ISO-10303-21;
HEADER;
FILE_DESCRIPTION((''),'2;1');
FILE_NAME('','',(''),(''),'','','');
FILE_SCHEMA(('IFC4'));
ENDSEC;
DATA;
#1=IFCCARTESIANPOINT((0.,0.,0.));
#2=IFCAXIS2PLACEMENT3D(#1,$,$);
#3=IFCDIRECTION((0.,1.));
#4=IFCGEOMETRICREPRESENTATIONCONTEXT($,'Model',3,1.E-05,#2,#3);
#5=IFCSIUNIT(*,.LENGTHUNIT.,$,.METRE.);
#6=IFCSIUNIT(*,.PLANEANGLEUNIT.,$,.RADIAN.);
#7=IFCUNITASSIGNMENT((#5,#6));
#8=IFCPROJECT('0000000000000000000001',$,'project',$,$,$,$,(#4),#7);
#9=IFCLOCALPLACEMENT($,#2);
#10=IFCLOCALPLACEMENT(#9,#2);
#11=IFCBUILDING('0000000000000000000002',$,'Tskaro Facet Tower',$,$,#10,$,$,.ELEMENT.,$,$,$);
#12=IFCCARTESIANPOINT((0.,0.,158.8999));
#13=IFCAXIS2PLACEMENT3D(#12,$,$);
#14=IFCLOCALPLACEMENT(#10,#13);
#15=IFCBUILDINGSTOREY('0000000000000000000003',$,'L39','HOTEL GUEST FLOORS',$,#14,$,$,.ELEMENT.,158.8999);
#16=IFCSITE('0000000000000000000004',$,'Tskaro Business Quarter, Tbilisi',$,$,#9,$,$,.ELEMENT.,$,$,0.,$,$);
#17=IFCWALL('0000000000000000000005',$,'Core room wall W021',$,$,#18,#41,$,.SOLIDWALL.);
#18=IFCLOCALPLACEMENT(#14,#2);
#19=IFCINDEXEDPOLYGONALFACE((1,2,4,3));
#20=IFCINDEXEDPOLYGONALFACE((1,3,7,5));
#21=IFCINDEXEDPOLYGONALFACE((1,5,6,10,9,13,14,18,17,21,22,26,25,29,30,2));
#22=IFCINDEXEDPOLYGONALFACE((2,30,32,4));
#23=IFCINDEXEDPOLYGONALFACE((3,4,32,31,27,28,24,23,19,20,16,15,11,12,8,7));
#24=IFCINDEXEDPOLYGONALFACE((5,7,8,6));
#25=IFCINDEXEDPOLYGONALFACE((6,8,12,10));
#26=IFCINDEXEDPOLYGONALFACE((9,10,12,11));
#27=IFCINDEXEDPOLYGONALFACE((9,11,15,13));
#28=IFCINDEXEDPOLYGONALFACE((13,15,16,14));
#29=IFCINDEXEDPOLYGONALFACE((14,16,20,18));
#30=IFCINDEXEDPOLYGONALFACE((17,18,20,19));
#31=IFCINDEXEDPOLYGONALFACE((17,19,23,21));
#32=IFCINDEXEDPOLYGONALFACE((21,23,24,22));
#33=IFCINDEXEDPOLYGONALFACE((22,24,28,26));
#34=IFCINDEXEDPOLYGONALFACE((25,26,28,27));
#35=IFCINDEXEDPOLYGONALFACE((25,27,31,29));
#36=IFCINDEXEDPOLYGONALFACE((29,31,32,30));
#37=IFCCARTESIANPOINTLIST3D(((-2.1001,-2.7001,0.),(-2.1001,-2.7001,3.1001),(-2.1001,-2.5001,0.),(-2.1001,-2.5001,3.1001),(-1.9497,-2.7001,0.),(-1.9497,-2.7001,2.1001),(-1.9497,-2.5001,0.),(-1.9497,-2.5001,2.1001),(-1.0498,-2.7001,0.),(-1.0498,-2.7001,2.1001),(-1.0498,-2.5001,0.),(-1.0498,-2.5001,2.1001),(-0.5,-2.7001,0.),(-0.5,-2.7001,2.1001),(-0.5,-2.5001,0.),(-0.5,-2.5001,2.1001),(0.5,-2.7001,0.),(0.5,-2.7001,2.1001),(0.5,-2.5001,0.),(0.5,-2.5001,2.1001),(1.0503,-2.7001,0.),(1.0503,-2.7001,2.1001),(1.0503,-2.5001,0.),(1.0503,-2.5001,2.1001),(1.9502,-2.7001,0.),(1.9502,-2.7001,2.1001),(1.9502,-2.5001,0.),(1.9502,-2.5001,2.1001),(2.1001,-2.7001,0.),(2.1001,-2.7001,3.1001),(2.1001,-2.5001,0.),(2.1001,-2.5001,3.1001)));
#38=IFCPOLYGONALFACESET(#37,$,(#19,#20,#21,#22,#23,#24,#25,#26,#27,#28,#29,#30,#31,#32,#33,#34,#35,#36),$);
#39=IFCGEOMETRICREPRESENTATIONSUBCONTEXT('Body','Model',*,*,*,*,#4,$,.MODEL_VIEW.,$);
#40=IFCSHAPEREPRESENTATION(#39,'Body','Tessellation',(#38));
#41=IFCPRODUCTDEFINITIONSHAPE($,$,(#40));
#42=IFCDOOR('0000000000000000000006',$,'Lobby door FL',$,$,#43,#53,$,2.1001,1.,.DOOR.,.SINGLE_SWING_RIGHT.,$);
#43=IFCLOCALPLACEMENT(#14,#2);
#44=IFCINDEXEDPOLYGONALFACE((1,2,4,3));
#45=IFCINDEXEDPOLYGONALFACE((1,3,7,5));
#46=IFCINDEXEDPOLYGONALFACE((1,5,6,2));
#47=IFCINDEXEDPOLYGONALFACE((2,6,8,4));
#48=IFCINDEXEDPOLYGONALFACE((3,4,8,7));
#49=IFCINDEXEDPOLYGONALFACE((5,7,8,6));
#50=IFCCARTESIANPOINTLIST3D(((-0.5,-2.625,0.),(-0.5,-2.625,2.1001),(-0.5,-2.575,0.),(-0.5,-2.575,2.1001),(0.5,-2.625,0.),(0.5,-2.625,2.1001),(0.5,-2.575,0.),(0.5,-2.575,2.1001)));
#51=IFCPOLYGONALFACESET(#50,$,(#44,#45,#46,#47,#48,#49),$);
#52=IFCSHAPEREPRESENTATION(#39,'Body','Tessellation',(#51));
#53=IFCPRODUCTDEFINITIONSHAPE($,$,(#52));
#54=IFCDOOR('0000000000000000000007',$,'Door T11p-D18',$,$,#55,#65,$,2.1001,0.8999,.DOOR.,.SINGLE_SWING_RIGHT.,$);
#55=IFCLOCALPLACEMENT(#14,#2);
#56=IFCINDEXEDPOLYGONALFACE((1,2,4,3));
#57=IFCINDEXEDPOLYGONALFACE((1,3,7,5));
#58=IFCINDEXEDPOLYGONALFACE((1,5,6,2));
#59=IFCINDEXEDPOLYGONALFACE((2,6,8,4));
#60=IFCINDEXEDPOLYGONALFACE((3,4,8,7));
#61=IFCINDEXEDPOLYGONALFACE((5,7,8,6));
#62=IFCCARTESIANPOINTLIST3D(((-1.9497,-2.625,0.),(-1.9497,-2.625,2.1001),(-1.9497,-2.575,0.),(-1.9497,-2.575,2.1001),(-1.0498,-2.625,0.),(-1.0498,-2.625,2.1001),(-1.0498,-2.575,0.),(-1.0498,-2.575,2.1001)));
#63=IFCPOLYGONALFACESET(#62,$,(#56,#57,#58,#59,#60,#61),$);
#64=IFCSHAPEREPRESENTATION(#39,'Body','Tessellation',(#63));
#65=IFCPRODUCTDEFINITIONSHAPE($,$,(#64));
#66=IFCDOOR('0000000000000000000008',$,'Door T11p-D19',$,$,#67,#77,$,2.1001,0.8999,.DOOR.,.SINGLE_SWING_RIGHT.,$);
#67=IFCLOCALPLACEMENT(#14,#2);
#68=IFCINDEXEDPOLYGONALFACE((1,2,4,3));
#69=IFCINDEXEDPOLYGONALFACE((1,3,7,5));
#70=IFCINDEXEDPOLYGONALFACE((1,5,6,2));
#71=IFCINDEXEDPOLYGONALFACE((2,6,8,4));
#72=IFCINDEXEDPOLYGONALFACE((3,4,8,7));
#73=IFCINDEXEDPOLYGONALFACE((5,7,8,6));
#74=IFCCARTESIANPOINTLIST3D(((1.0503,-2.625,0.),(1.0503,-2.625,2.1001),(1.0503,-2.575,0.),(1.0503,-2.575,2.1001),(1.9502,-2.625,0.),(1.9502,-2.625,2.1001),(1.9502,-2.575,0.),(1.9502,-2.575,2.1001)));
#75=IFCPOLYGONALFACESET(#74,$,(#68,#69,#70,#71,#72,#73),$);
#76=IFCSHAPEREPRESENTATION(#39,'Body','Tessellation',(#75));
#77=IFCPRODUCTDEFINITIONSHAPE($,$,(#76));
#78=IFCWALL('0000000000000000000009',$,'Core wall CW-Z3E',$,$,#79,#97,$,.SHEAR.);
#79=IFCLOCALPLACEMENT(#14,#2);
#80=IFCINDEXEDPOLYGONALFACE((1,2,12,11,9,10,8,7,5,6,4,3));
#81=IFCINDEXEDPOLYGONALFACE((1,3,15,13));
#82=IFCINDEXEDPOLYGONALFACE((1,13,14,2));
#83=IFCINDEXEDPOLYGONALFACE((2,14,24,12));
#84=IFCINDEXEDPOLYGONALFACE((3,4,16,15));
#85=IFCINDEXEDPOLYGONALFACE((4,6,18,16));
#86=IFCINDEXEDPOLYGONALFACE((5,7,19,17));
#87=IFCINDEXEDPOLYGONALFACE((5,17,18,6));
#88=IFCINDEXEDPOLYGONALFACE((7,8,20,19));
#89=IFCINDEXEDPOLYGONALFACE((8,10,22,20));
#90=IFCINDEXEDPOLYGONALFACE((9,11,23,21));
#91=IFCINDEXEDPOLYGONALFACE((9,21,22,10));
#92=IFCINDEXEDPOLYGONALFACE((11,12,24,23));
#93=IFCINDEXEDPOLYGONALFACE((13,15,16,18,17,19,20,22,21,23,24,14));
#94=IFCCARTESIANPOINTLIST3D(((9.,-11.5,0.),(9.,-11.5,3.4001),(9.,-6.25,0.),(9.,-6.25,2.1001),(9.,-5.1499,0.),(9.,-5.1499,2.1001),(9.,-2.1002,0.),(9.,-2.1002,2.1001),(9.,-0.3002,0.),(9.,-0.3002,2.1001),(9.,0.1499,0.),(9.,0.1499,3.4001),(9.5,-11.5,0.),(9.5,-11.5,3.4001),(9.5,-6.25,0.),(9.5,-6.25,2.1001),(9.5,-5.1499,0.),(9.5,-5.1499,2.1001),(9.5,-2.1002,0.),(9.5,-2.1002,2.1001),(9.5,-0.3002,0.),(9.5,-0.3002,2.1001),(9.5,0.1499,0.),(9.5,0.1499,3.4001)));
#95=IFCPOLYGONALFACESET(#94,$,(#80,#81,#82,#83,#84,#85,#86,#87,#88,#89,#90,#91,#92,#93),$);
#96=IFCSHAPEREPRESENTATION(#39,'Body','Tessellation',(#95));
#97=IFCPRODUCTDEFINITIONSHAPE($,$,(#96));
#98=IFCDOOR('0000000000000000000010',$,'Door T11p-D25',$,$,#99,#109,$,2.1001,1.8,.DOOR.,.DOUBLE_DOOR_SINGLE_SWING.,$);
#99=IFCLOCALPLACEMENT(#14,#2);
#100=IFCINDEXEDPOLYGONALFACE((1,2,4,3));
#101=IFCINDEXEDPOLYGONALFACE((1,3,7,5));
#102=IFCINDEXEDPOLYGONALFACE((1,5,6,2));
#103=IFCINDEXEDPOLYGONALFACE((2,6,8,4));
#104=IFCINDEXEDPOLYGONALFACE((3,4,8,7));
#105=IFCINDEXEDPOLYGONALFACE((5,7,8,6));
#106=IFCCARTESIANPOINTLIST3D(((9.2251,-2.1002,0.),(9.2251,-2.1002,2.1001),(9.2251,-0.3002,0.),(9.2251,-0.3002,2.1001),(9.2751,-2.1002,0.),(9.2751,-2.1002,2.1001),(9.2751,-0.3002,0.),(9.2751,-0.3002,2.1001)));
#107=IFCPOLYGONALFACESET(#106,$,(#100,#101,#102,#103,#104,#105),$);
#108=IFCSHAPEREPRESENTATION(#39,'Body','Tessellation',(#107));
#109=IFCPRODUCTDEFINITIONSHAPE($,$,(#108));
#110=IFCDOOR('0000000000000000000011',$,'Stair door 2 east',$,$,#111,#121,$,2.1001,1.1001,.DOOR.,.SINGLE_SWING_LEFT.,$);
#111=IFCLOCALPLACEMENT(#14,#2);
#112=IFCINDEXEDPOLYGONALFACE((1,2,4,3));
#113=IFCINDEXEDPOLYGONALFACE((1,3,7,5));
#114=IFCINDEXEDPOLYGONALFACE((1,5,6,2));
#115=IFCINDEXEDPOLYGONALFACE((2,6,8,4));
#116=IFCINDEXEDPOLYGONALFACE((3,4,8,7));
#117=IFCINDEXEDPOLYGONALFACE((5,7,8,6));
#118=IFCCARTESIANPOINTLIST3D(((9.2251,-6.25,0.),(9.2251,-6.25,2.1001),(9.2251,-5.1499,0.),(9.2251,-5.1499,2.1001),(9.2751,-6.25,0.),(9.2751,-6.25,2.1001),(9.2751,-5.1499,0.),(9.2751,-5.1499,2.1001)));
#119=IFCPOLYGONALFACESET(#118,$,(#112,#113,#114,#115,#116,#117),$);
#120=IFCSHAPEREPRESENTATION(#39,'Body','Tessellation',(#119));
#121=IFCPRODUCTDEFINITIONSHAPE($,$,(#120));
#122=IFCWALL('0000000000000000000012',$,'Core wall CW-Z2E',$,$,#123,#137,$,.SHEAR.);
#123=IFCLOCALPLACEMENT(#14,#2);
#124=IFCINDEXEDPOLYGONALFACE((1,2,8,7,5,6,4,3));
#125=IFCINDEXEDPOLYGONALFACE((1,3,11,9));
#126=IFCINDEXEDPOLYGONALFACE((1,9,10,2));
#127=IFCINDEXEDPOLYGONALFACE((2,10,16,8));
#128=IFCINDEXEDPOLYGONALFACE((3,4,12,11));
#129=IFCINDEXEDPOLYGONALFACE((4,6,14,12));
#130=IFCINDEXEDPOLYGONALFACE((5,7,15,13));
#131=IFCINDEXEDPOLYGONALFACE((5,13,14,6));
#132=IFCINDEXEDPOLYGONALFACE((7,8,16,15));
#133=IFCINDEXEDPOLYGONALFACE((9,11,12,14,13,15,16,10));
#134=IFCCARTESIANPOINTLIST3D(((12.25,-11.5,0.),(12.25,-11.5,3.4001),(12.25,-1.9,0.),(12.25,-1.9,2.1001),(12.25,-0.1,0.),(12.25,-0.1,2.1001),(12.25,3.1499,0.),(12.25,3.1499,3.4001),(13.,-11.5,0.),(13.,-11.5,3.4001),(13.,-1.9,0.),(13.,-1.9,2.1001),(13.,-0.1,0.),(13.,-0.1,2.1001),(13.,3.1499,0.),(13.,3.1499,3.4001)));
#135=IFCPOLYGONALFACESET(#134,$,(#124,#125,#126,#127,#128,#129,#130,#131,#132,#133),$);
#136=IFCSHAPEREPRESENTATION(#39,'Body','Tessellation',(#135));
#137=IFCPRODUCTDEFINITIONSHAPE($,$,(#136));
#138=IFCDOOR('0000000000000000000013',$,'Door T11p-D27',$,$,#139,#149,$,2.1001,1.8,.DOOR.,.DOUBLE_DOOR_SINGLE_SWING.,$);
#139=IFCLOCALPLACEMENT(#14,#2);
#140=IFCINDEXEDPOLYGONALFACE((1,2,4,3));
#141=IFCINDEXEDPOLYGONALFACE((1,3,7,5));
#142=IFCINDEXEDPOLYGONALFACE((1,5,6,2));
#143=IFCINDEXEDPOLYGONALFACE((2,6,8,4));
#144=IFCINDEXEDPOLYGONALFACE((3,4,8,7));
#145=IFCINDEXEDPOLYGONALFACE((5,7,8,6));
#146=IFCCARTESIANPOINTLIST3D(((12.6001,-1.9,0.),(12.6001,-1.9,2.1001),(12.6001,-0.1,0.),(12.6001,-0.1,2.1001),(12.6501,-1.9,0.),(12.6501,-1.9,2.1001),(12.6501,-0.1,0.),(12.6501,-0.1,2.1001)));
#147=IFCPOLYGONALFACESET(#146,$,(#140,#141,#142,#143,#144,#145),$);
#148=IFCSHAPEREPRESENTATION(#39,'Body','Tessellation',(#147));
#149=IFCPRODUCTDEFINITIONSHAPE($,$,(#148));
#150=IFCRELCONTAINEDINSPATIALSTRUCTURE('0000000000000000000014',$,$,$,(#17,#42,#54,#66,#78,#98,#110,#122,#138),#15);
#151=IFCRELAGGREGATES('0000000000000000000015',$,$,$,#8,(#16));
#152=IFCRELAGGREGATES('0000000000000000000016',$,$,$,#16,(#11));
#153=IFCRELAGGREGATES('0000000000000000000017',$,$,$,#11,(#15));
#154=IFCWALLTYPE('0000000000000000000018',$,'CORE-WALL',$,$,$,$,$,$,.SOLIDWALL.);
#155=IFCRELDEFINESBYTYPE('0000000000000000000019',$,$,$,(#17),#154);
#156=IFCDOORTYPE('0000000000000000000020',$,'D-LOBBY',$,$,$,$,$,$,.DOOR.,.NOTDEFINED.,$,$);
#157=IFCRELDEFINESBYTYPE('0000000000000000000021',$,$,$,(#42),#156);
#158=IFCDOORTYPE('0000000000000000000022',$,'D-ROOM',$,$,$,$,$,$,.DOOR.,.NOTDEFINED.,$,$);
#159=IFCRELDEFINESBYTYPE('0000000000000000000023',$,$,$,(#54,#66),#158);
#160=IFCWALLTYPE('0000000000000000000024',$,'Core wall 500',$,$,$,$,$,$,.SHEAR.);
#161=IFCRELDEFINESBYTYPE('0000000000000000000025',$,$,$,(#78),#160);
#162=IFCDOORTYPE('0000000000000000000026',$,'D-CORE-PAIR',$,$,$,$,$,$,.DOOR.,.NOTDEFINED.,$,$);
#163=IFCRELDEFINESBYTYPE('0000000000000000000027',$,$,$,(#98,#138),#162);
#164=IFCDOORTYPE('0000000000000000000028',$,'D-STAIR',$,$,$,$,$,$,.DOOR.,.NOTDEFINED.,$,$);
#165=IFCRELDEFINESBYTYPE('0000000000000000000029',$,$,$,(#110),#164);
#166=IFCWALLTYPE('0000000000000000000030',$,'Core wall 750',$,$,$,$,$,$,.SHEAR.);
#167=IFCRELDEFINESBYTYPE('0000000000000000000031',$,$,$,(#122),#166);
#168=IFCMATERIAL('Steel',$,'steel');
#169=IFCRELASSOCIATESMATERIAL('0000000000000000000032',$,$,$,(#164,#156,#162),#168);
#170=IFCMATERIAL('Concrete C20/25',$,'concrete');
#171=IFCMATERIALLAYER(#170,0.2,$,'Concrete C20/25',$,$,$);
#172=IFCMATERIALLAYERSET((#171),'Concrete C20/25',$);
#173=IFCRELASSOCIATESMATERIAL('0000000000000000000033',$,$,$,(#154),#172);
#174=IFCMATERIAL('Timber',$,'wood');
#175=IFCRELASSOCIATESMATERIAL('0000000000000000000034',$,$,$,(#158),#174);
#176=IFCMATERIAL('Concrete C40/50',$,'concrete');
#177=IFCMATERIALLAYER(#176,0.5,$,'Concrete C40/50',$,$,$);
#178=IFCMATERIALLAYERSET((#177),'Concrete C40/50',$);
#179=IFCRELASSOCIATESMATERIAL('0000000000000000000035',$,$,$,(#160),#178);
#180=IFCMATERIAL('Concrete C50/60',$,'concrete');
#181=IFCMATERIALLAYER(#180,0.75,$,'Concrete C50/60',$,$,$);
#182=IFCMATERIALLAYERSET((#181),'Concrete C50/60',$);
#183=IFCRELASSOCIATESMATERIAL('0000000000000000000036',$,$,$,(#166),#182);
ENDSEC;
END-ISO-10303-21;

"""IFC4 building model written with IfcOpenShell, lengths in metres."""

from ifc_helpers import new_model, si_unit, direction, frame, frame_2d, origin, place, context, subcontext, project, spatial, rectangle, extrude, material, layer, layer_set, type_object, element, fill, save


model = new_model("IFC4")

# Units and contexts
model_context = context("Model", 3, precision=1e-05, world=origin(), true_north=direction((0.0, 1.0)))
body_context = subcontext(model_context, "Body", "Model", "MODEL_VIEW")
ifc_project = project(units=[si_unit("LENGTHUNIT", "METRE"), si_unit("PLANEANGLEUNIT", "RADIAN")], contexts=[model_context])

# Site, building, storey
site_placement = place(None, origin())
site = spatial("IfcSite", under=ifc_project, at=site_placement, Name="Tskaro Business Quarter, Tbilisi", CompositionType="ELEMENT", RefElevation=0.0)
building_placement = place(site_placement, origin())
building = spatial("IfcBuilding", under=site, at=building_placement, Name="Tskaro Facet Tower", CompositionType="ELEMENT")
storey_placement = place(building_placement, frame((0.0, 0.0, 158.8999)))
storey = spatial("IfcBuildingStorey", under=building, at=storey_placement, Name="L39", Description="HOTEL GUEST FLOORS", CompositionType="ELEMENT", Elevation=158.8999)

# Shared definitions
ifc_material_1 = material(Name="Steel", Category="steel")
door_type_1 = type_object("IfcDoorType", Name="D-STAIR", OperationType="NOTDEFINED", PredefinedType="DOOR", material=ifc_material_1)

# Walls, openings, doors
ifc_material_2 = material(Name="Concrete C20/25", Category="concrete")
ifc_layer_1 = layer(ifc_material_2, 0.2, Name="Concrete C20/25")
ifc_layer_set_1 = layer_set([ifc_layer_1], Name="Concrete C20/25")
wall_type_1 = type_object("IfcWallType", Name="CORE-WALL", PredefinedType="SOLIDWALL", material=ifc_layer_set_1)
wall_1_placement = place(storey_placement, frame((2.1001, -2.6001, 0.0), z_axis=(0.0, 0.0, 1.0), x_axis=(-1.0, 0.0, 0.0)))
wall_1 = element("IfcWall", 1, at=wall_1_placement, inside=storey, type_object=wall_type_1, Name="Core room wall W021", PredefinedType="SOLIDWALL", context=body_context, shape_type="SweptSolid", body=[
    extrude(rectangle(XDim=4.2002, YDim=0.2, at=frame_2d((2.1001, 0.0))), origin(), (0.0, 0.0, 1.0), 3.1001),
])
opening_1_placement = place(wall_1_placement, frame((1.6001, 0.0, 0.0)))
opening_1 = element("IfcOpeningElement", 2, at=opening_1_placement, cuts=wall_1, PredefinedType="OPENING", context=body_context, shape_type="SweptSolid", body=[
    extrude(rectangle(XDim=1.0, YDim=2.1001, at=frame_2d((0.5, 1.05))), frame((0.0, 0.1099, 0.0), z_axis=(0.0, -1.0, 0.0), x_axis=(1.0, 0.0, 0.0)), (0.0, 0.0, 1.0), 0.22),
])
opening_2_placement = place(wall_1_placement, frame((3.1499, 0.0, 0.0)))
opening_2 = element("IfcOpeningElement", 3, at=opening_2_placement, cuts=wall_1, PredefinedType="OPENING", context=body_context, shape_type="SweptSolid", body=[
    extrude(rectangle(XDim=0.8999, YDim=2.1001, at=frame_2d((0.45, 1.05))), frame((0.0, 0.1099, 0.0), z_axis=(0.0, -1.0, 0.0), x_axis=(1.0, 0.0, 0.0)), (0.0, 0.0, 1.0), 0.22),
])
opening_3_placement = place(wall_1_placement, frame((0.1499, 0.0, 0.0)))
opening_3 = element("IfcOpeningElement", 4, at=opening_3_placement, cuts=wall_1, PredefinedType="OPENING", context=body_context, shape_type="SweptSolid", body=[
    extrude(rectangle(XDim=0.8999, YDim=2.1001, at=frame_2d((0.45, 1.05))), frame((0.0, 0.1099, 0.0), z_axis=(0.0, -1.0, 0.0), x_axis=(1.0, 0.0, 0.0)), (0.0, 0.0, 1.0), 0.22),
])
door_type_2 = type_object("IfcDoorType", Name="D-LOBBY", OperationType="NOTDEFINED", PredefinedType="DOOR", material=ifc_material_1)
door_1_placement = place(opening_1_placement, origin())
door_1 = element("IfcDoor", 5, at=door_1_placement, inside=storey, type_object=door_type_2, Name="Lobby door FL", OperationType="SINGLE_SWING_RIGHT", OverallHeight=2.1001, OverallWidth=1.0, PredefinedType="DOOR", context=body_context, shape_type="SweptSolid", body=[
    extrude(rectangle(XDim=1.0, YDim=2.1001, at=frame_2d((0.5, 1.05))), frame((0.0, 0.0249, 0.0), z_axis=(0.0, -1.0, 0.0), x_axis=(1.0, 0.0, 0.0)), (0.0, 0.0, 1.0), 0.05),
])
fill(opening_1, door_1)
ifc_material_3 = material(Name="Timber", Category="wood")
door_type_3 = type_object("IfcDoorType", Name="D-ROOM", OperationType="NOTDEFINED", PredefinedType="DOOR", material=ifc_material_3)
door_2_placement = place(opening_2_placement, origin())
door_2 = element("IfcDoor", 6, at=door_2_placement, inside=storey, type_object=door_type_3, Name="Door T11p-D18", OperationType="SINGLE_SWING_RIGHT", OverallHeight=2.1001, OverallWidth=0.8999, PredefinedType="DOOR", context=body_context, shape_type="SweptSolid", body=[
    extrude(rectangle(XDim=0.8999, YDim=2.1001, at=frame_2d((0.45, 1.05))), frame((0.0, 0.0249, 0.0), z_axis=(0.0, -1.0, 0.0), x_axis=(1.0, 0.0, 0.0)), (0.0, 0.0, 1.0), 0.05),
])
fill(opening_2, door_2)
door_3_placement = place(opening_3_placement, origin())
door_3 = element("IfcDoor", 7, at=door_3_placement, inside=storey, type_object=door_type_3, Name="Door T11p-D19", OperationType="SINGLE_SWING_RIGHT", OverallHeight=2.1001, OverallWidth=0.8999, PredefinedType="DOOR", context=body_context, shape_type="SweptSolid", body=[
    extrude(rectangle(XDim=0.8999, YDim=2.1001, at=frame_2d((0.45, 1.05))), frame((0.0, 0.0249, 0.0), z_axis=(0.0, -1.0, 0.0), x_axis=(1.0, 0.0, 0.0)), (0.0, 0.0, 1.0), 0.05),
])
fill(opening_3, door_3)
ifc_material_4 = material(Name="Concrete C40/50", Category="concrete")
ifc_layer_2 = layer(ifc_material_4, 0.5, Name="Concrete C40/50")
ifc_layer_set_2 = layer_set([ifc_layer_2], Name="Concrete C40/50")
wall_type_2 = type_object("IfcWallType", Name="Core wall 500", PredefinedType="SHEAR", material=ifc_layer_set_2)
wall_2_placement = place(storey_placement, frame((9.25, -11.5, 0.0), z_axis=(0.0, 0.0, 1.0), x_axis=(0.0, 1.0, 0.0)))
wall_2 = element("IfcWall", 8, at=wall_2_placement, inside=storey, type_object=wall_type_2, Name="Core wall CW-Z3E", PredefinedType="SHEAR", context=body_context, shape_type="SweptSolid", body=[
    extrude(rectangle(XDim=11.6499, YDim=0.5, at=frame_2d((5.825, 0.0))), origin(), (0.0, 0.0, 1.0), 3.4001),
])
opening_4_placement = place(wall_2_placement, frame((9.3999, 0.0, 0.0)))
opening_4 = element("IfcOpeningElement", 9, at=opening_4_placement, cuts=wall_2, PredefinedType="OPENING", context=body_context, shape_type="SweptSolid", body=[
    extrude(rectangle(XDim=1.8, YDim=2.1001, at=frame_2d((0.8999, 1.05))), frame((0.0, 0.26, 0.0), z_axis=(0.0, -1.0, 0.0), x_axis=(1.0, 0.0, 0.0)), (0.0, 0.0, 1.0), 0.52),
])
opening_5_placement = place(wall_2_placement, frame((5.25, 0.0, 0.0)))
opening_5 = element("IfcOpeningElement", 10, at=opening_5_placement, cuts=wall_2, PredefinedType="OPENING", context=body_context, shape_type="SweptSolid", body=[
    extrude(rectangle(XDim=1.1001, YDim=2.1001, at=frame_2d((0.55, 1.05))), frame((0.0, 0.26, 0.0), z_axis=(0.0, -1.0, 0.0), x_axis=(1.0, 0.0, 0.0)), (0.0, 0.0, 1.0), 0.52),
])
door_type_4 = type_object("IfcDoorType", Name="D-CORE-PAIR", OperationType="NOTDEFINED", PredefinedType="DOOR", material=ifc_material_1)
door_4_placement = place(opening_4_placement, origin())
door_4 = element("IfcDoor", 11, at=door_4_placement, inside=storey, type_object=door_type_4, Name="Door T11p-D25", OperationType="DOUBLE_DOOR_SINGLE_SWING", OverallHeight=2.1001, OverallWidth=1.8, PredefinedType="DOOR", context=body_context, shape_type="SweptSolid", body=[
    extrude(rectangle(XDim=1.8, YDim=2.1001, at=frame_2d((0.8999, 1.05))), frame((0.0, 0.0249, 0.0), z_axis=(0.0, -1.0, 0.0), x_axis=(1.0, 0.0, 0.0)), (0.0, 0.0, 1.0), 0.05),
])
fill(opening_4, door_4)
door_5_placement = place(opening_5_placement, origin())
door_5 = element("IfcDoor", 12, at=door_5_placement, inside=storey, type_object=door_type_1, Name="Stair door 2 east", OperationType="SINGLE_SWING_LEFT", OverallHeight=2.1001, OverallWidth=1.1001, PredefinedType="DOOR", context=body_context, shape_type="SweptSolid", body=[
    extrude(rectangle(XDim=1.1001, YDim=2.1001, at=frame_2d((0.55, 1.05))), frame((0.0, 0.0249, 0.0), z_axis=(0.0, -1.0, 0.0), x_axis=(1.0, 0.0, 0.0)), (0.0, 0.0, 1.0), 0.05),
])
fill(opening_5, door_5)

# Wall, opening, door
ifc_material_5 = material(Name="Concrete C50/60", Category="concrete")
ifc_layer_3 = layer(ifc_material_5, 0.75, Name="Concrete C50/60")
ifc_layer_set_3 = layer_set([ifc_layer_3], Name="Concrete C50/60")
wall_type_3 = type_object("IfcWallType", Name="Core wall 750", PredefinedType="SHEAR", material=ifc_layer_set_3)
wall_3_placement = place(storey_placement, frame((12.625, -11.5, 0.0), z_axis=(0.0, 0.0, 1.0), x_axis=(0.0, 1.0, 0.0)))
wall_3 = element("IfcWall", 13, at=wall_3_placement, inside=storey, type_object=wall_type_3, Name="Core wall CW-Z2E", PredefinedType="SHEAR", context=body_context, shape_type="SweptSolid", body=[
    extrude(rectangle(XDim=14.6499, YDim=0.75, at=frame_2d((7.325, 0.0))), origin(), (0.0, 0.0, 1.0), 3.4001),
])
opening_6_placement = place(wall_3_placement, frame((9.6001, 0.0, 0.0)))
opening_6 = element("IfcOpeningElement", 14, at=opening_6_placement, cuts=wall_3, PredefinedType="OPENING", context=body_context, shape_type="SweptSolid", body=[
    extrude(rectangle(XDim=1.8, YDim=2.1001, at=frame_2d((0.8999, 1.05))), frame((0.0, 0.385, 0.0), z_axis=(0.0, -1.0, 0.0), x_axis=(1.0, 0.0, 0.0)), (0.0, 0.0, 1.0), 0.77),
])
door_6_placement = place(opening_6_placement, origin())
door_6 = element("IfcDoor", 15, at=door_6_placement, inside=storey, type_object=door_type_4, Name="Door T11p-D27", OperationType="DOUBLE_DOOR_SINGLE_SWING", OverallHeight=2.1001, OverallWidth=1.8, PredefinedType="DOOR", context=body_context, shape_type="SweptSolid", body=[
    extrude(rectangle(XDim=1.8, YDim=2.1001, at=frame_2d((0.8999, 1.05))), frame((0.0, 0.0249, 0.0), z_axis=(0.0, -1.0, 0.0), x_axis=(1.0, 0.0, 0.0)), (0.0, 0.0, 1.0), 0.05),
])
fill(opening_6, door_6)

save(model, "model.ifc")
